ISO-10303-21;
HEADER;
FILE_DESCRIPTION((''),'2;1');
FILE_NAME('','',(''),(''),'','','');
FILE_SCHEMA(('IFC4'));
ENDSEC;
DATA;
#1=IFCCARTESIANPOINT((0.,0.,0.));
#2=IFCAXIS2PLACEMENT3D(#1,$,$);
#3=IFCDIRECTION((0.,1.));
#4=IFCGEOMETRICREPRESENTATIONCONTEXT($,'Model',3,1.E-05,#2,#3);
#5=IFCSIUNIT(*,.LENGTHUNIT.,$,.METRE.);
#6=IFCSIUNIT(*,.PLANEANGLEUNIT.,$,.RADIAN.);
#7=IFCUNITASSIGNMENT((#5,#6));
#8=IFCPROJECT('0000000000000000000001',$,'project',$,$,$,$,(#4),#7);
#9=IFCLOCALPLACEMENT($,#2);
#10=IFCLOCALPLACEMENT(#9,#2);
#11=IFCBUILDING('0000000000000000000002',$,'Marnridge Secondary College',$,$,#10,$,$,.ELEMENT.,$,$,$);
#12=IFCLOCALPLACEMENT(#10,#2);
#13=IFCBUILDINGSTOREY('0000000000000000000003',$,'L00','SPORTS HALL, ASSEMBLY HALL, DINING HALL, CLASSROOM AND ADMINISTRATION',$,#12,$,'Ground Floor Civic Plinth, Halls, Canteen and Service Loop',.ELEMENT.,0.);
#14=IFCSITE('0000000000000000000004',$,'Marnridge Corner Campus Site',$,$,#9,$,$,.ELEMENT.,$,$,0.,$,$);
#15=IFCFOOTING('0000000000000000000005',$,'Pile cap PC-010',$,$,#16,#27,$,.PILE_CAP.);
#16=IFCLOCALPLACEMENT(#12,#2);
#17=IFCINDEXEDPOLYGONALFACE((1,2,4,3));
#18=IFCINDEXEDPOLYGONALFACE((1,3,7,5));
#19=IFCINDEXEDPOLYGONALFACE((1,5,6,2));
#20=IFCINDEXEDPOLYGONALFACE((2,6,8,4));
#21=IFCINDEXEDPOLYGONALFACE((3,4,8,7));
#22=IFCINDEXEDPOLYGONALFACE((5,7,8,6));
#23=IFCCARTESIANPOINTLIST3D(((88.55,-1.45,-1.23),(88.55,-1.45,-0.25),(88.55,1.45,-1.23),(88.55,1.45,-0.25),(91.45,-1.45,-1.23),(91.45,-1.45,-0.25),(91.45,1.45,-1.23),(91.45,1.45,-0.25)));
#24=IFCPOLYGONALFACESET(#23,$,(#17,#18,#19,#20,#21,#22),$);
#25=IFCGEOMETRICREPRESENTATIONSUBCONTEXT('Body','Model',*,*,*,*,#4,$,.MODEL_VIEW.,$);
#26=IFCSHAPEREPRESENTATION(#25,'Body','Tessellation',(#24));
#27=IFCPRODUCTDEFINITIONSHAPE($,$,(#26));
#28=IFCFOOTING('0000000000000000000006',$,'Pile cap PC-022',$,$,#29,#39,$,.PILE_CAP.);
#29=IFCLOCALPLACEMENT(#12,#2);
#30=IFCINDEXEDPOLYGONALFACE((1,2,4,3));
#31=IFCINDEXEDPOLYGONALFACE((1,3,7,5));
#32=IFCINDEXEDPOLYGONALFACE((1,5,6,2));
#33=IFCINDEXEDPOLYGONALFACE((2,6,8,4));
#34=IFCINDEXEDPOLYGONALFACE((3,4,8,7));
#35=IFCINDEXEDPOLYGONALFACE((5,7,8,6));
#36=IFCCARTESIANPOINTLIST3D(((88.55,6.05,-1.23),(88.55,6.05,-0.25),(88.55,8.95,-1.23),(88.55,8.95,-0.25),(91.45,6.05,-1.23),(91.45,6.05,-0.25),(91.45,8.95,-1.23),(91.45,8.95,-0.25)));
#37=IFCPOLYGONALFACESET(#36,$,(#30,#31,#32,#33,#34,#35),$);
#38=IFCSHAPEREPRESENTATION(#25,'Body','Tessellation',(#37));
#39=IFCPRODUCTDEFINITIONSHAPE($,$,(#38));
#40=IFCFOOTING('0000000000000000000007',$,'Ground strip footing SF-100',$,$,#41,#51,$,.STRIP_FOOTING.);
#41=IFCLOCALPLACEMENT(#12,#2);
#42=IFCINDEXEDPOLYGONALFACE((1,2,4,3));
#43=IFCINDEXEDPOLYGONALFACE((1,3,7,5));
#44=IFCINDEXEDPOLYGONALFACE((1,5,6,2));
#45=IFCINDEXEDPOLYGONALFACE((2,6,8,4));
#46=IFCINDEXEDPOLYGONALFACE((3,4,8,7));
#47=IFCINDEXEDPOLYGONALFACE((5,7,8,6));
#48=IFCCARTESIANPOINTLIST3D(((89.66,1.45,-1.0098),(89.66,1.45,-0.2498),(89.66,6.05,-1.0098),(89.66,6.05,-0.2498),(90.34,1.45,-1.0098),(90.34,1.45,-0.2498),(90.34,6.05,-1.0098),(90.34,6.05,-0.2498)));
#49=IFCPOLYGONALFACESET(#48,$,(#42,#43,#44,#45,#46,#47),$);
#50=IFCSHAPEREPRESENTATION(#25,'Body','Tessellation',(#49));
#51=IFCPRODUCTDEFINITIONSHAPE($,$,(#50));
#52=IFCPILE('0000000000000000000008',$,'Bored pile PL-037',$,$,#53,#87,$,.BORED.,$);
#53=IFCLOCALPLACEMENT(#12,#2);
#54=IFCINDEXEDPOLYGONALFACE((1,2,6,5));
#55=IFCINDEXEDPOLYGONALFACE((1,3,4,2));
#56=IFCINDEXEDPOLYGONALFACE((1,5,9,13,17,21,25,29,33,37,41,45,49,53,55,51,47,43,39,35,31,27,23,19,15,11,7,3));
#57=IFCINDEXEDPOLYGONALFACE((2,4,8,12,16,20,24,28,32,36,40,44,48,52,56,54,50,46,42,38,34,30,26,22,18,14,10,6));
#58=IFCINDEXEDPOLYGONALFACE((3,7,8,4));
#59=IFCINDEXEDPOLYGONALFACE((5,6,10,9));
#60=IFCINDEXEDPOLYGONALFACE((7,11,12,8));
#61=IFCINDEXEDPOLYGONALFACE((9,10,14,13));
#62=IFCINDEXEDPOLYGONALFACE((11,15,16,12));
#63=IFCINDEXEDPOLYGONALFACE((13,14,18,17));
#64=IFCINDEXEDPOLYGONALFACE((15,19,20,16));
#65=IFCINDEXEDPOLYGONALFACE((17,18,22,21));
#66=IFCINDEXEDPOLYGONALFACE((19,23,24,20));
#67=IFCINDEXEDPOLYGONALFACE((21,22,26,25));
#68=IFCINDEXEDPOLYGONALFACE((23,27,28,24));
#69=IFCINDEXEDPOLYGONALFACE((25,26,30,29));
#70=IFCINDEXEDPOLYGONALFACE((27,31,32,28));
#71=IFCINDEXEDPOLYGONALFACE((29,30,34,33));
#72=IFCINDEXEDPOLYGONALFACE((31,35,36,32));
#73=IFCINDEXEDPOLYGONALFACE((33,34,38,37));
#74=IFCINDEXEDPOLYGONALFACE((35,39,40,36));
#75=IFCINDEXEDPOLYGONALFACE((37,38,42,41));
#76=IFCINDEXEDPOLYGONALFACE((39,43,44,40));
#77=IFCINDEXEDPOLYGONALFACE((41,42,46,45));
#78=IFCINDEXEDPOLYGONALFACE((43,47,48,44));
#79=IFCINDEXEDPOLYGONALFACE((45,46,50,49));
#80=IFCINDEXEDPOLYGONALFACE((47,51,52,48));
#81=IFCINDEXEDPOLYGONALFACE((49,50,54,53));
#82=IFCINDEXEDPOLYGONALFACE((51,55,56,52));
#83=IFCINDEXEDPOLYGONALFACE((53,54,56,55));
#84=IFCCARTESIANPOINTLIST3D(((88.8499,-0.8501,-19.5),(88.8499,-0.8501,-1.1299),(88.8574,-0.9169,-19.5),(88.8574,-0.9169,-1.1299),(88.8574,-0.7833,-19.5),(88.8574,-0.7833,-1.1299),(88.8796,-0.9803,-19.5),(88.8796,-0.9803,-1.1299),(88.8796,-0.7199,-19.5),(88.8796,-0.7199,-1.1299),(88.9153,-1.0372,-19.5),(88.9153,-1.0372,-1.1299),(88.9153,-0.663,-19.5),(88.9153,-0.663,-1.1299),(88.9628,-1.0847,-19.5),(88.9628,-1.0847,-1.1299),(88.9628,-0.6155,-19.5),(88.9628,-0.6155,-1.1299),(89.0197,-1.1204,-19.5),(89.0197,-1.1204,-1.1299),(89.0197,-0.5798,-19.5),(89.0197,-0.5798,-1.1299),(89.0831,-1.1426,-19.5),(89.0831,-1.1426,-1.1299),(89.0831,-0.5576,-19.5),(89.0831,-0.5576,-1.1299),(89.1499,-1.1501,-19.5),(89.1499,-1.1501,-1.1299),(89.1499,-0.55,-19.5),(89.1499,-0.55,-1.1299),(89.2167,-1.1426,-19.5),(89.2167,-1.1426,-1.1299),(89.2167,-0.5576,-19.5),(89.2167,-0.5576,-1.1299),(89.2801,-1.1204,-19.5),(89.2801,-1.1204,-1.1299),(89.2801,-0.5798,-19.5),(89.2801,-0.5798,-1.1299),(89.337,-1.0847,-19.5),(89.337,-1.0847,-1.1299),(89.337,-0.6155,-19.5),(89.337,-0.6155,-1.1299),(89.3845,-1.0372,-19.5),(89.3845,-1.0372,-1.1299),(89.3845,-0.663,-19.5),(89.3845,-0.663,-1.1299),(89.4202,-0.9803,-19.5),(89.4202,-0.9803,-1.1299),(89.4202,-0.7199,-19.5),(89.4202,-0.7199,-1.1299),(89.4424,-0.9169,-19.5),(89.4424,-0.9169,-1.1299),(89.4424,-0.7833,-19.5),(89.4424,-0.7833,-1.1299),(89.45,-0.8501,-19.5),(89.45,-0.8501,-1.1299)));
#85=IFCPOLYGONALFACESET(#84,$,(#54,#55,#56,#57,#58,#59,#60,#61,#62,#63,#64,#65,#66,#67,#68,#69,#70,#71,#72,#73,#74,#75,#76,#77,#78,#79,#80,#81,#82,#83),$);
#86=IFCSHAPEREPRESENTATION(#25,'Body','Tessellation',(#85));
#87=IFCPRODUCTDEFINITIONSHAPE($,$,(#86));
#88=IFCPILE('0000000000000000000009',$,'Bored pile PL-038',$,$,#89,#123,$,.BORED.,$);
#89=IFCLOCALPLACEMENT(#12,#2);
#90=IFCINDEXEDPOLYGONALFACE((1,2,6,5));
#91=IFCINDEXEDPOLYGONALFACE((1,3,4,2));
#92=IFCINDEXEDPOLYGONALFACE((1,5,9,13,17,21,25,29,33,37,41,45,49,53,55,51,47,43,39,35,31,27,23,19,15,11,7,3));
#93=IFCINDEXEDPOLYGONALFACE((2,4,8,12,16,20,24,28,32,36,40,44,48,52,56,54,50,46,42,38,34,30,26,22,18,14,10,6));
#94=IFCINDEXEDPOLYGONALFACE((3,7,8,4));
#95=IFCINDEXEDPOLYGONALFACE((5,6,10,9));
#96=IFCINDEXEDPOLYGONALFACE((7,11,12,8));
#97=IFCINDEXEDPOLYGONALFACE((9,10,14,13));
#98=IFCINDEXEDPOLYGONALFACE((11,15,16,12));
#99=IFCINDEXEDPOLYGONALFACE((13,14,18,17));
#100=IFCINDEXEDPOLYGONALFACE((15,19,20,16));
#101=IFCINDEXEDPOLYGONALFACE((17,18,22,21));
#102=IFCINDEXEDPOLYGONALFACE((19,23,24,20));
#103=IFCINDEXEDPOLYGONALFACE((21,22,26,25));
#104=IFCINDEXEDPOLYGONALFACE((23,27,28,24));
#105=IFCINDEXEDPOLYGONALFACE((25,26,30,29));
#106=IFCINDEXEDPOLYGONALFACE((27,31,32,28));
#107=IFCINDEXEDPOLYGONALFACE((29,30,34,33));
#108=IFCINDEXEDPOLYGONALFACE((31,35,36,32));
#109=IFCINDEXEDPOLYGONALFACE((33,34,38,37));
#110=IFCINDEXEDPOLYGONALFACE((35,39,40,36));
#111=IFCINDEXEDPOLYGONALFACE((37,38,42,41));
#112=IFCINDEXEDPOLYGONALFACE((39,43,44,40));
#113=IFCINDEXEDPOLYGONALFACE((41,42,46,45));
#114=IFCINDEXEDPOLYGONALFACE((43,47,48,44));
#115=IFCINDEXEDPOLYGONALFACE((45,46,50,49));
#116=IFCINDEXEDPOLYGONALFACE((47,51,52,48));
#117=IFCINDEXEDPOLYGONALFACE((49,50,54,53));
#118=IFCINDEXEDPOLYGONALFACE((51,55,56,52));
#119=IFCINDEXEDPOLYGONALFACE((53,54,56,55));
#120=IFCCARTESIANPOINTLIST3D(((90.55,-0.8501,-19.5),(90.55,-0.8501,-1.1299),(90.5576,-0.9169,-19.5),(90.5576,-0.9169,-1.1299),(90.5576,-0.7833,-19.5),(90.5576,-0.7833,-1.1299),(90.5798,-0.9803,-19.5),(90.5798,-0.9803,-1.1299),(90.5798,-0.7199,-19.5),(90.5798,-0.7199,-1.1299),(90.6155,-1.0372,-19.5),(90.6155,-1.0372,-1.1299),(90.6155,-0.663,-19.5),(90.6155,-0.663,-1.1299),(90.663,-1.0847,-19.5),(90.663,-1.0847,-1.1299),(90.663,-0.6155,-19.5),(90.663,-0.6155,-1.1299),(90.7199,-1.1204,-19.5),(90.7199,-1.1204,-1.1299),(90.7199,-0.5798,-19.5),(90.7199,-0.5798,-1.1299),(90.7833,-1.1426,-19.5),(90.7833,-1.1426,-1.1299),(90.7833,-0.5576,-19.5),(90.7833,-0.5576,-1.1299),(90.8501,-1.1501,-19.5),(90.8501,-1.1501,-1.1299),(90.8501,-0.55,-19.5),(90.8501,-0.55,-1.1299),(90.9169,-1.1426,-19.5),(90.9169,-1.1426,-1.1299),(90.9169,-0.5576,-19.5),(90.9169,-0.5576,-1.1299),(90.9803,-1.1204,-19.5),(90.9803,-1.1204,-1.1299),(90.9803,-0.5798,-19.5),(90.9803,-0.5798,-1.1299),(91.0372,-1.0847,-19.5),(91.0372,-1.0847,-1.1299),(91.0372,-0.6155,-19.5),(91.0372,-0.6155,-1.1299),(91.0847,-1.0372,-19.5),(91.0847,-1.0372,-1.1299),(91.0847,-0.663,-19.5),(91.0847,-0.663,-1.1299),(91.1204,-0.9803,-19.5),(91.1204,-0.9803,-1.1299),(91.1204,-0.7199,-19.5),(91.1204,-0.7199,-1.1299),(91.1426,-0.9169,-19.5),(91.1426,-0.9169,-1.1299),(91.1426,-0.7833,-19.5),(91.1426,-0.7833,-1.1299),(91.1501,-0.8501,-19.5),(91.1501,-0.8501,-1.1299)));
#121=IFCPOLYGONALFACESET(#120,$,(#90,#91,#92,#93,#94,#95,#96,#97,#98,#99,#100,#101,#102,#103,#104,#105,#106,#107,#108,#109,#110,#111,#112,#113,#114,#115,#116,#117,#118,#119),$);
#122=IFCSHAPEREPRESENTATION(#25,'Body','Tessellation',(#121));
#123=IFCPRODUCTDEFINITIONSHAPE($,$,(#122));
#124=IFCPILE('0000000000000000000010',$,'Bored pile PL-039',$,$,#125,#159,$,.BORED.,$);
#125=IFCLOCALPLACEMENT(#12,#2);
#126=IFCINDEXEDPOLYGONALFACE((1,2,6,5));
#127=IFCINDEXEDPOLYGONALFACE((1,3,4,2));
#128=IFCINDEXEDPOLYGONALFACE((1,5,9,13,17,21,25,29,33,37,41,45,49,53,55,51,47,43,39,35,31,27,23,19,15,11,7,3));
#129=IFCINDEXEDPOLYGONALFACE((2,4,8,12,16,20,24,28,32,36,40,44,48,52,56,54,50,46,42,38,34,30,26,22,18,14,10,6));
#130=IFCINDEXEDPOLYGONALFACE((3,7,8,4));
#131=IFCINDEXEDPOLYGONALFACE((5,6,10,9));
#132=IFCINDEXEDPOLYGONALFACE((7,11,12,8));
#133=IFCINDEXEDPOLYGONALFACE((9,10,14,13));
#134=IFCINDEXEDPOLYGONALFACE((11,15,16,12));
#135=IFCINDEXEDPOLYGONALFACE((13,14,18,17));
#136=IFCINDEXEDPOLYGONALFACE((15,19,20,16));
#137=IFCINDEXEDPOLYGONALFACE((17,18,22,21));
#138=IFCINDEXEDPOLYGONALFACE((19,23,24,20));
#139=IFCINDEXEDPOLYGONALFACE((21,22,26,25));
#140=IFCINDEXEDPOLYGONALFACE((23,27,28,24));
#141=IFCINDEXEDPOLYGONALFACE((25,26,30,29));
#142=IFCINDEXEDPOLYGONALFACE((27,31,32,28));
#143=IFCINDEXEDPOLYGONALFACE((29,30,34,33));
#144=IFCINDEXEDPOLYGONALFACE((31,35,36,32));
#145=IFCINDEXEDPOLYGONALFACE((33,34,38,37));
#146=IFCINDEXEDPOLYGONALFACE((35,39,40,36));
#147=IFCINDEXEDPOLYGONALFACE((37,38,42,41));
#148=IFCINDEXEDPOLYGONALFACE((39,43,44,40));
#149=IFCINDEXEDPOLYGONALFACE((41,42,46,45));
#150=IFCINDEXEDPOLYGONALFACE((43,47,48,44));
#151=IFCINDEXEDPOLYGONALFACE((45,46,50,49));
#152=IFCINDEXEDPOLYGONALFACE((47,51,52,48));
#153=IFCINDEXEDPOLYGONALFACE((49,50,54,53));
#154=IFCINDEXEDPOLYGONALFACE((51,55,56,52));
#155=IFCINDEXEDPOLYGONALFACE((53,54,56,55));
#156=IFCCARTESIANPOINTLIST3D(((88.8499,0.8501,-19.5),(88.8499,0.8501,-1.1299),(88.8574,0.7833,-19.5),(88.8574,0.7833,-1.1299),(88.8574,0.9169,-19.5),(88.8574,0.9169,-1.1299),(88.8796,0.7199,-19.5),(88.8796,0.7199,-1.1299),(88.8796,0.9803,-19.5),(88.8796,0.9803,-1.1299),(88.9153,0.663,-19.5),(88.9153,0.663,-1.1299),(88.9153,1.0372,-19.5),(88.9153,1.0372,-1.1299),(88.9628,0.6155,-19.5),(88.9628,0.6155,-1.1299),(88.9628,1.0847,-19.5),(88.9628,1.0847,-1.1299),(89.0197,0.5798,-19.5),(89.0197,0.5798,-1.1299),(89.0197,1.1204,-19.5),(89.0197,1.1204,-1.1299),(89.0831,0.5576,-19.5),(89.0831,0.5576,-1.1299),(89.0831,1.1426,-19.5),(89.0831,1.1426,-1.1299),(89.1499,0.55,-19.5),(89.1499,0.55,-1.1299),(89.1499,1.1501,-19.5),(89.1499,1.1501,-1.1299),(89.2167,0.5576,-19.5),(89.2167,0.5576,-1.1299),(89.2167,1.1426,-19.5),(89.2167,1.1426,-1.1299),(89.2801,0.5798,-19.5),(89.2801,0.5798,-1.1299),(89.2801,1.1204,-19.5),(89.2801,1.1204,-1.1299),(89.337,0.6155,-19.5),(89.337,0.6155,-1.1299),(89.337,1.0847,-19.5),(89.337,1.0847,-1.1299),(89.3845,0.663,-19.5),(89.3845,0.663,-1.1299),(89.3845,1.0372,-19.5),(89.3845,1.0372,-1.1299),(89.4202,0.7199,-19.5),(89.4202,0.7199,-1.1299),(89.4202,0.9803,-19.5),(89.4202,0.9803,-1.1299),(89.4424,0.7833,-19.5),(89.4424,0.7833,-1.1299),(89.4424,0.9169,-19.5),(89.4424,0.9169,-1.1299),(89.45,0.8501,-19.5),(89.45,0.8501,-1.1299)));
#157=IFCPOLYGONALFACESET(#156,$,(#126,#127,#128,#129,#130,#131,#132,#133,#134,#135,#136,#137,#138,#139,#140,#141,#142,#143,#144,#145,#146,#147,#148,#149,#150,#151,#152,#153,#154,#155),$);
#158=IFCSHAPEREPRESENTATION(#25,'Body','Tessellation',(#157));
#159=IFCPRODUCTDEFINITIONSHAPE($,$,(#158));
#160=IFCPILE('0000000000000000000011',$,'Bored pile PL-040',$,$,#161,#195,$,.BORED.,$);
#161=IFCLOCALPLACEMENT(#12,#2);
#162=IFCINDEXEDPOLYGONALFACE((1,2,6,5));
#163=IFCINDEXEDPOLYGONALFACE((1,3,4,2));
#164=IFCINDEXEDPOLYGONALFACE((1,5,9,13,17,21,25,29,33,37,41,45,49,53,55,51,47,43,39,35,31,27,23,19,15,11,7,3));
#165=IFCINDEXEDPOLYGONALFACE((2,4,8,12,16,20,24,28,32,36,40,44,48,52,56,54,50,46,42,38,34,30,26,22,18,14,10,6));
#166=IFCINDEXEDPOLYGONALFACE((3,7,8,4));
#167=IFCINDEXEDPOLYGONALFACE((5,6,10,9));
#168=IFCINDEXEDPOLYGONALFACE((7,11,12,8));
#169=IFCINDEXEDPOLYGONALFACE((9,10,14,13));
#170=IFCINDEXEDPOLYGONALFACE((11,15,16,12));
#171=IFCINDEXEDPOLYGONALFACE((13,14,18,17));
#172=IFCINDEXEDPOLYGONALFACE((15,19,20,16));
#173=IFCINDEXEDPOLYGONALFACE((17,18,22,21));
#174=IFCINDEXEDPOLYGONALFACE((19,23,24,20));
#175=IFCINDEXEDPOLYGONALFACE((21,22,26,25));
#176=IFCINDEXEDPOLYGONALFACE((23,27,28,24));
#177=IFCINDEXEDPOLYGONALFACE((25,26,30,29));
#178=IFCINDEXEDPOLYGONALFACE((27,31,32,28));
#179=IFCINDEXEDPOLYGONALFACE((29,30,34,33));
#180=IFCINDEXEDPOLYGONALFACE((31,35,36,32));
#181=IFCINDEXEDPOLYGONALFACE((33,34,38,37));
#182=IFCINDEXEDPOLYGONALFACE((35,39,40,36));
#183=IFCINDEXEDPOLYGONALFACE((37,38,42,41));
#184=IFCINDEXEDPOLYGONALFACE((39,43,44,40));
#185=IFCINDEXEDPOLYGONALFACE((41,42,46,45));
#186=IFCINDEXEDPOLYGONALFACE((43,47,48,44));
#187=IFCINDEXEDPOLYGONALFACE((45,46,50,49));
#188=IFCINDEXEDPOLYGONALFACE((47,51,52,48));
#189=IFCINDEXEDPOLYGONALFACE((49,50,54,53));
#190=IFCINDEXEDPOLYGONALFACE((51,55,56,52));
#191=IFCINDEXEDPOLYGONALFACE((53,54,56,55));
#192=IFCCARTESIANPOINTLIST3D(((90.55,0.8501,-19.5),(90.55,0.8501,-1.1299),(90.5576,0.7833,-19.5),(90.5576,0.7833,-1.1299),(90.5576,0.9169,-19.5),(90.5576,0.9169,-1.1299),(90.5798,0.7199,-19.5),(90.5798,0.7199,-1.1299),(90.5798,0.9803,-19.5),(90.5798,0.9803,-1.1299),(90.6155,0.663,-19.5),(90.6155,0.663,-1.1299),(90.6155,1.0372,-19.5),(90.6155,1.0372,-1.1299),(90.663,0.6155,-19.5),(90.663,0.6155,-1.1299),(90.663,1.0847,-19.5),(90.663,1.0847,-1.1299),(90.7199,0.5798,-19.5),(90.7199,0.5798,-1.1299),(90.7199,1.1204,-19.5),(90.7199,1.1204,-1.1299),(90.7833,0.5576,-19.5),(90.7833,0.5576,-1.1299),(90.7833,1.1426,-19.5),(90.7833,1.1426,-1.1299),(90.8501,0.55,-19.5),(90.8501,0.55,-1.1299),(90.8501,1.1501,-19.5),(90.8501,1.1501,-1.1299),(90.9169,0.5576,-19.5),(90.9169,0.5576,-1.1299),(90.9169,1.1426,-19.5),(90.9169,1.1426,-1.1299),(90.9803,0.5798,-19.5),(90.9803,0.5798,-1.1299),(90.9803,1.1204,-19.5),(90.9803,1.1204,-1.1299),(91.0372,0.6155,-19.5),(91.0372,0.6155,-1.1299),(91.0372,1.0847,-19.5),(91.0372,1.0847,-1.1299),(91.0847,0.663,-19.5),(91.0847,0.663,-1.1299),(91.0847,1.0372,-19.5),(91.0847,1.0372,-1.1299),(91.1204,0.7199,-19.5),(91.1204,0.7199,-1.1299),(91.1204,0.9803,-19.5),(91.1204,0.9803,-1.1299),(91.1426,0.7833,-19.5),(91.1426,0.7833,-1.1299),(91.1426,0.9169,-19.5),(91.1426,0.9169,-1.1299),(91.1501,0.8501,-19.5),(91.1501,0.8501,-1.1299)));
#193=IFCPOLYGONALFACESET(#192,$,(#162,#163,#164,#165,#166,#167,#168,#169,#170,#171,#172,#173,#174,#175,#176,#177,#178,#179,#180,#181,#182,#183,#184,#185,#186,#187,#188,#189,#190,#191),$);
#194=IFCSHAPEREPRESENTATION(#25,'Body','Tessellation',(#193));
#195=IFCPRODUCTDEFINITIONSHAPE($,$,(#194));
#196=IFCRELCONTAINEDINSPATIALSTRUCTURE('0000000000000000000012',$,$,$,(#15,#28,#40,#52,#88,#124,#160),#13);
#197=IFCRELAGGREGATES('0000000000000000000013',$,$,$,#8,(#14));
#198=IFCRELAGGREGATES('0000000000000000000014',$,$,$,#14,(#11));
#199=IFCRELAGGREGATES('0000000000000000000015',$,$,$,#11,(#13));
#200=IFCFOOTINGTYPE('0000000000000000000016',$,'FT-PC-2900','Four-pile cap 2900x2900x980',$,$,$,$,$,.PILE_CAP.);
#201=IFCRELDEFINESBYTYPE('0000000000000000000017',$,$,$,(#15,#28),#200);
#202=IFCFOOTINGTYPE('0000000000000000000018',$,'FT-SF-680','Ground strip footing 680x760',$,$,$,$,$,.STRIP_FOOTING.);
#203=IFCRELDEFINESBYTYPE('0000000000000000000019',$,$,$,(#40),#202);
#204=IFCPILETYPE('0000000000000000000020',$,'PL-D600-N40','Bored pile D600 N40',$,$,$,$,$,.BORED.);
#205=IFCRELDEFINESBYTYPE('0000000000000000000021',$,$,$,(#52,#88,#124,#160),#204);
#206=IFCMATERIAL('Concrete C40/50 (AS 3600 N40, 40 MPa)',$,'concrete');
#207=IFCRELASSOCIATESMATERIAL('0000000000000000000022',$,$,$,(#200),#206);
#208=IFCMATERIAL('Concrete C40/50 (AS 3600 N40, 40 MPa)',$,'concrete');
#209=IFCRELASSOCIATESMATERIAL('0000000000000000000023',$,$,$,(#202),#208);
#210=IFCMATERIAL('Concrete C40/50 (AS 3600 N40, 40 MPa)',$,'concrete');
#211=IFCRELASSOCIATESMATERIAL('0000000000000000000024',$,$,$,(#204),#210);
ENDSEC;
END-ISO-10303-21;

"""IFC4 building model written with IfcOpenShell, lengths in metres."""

from ifc_helpers import new_model, si_unit, direction, frame, origin, origin_2d, place, context, subcontext, project, spatial, rectangle, circle, extrude, material, material_profile, profile_set, type_object, element, save


model = new_model("IFC4")

# Units and contexts
model_context = context("Model", 3, precision=1e-05, world=origin(), true_north=direction((0.0, 1.0)))
body_context = subcontext(model_context, "Body", "Model", "MODEL_VIEW")
ifc_project = project(units=[si_unit("LENGTHUNIT", "METRE"), si_unit("PLANEANGLEUNIT", "RADIAN")], contexts=[model_context])

# Site, building, storey
site_placement = place(None, origin())
site = spatial("IfcSite", under=ifc_project, at=site_placement, Name="Marnridge Corner Campus Site", CompositionType="ELEMENT", RefElevation=0.0)
building_placement = place(site_placement, origin())
building = spatial("IfcBuilding", under=site, at=building_placement, Name="Marnridge Secondary College", CompositionType="ELEMENT")
storey_placement = place(building_placement, origin())
storey = spatial("IfcBuildingStorey", under=building, at=storey_placement, Name="L00", Description="SPORTS HALL, ASSEMBLY HALL, DINING HALL, CLASSROOM AND ADMINISTRATION", LongName="Ground Floor Civic Plinth, Halls, Canteen and Service Loop", CompositionType="ELEMENT", Elevation=0.0)

# Footings
ifc_material_1 = material(Name="Concrete C40/50 (AS 3600 N40, 40 MPa)", Category="concrete")
footing_type_1 = type_object("IfcFootingType", Name="FT-PC-2900", Description="Four-pile cap 2900x2900x980", PredefinedType="PILE_CAP", material=ifc_material_1)
for number, where, z_axis, x_axis, name in (
    (1, (90.0, 0.0, -1.23), (0.0, 0.0, 1.0), (1.0, 0.0, 0.0), "Pile cap PC-010"),
    (2, (90.0, 7.5, -1.23), (0.0, 0.0, 1.0), (1.0, 0.0, 0.0), "Pile cap PC-022"),
):
    element("IfcFooting", number, at=place(storey_placement, frame(where, z_axis=z_axis, x_axis=x_axis)), inside=storey, type_object=footing_type_1, Name=name, PredefinedType="PILE_CAP", context=body_context, shape_type="SweptSolid", body=[
        extrude(rectangle(XDim=2.8999, YDim=2.8999, at=origin_2d()), origin(), (0.0, 0.0, 1.0), 0.98),
    ])
ifc_material_2 = material(Name="Concrete C40/50 (AS 3600 N40, 40 MPa)", Category="concrete")
footing_type_2 = type_object("IfcFootingType", Name="FT-SF-680", Description="Ground strip footing 680x760", PredefinedType="STRIP_FOOTING", material=ifc_material_2)
footing_placement = place(storey_placement, frame((90.0, 3.75, -1.0098), z_axis=(0.0, 0.0, 1.0), x_axis=(1.0, 0.0, 0.0)))
element("IfcFooting", 3, at=footing_placement, inside=storey, type_object=footing_type_2, Name="Ground strip footing SF-100", PredefinedType="STRIP_FOOTING", context=body_context, shape_type="SweptSolid", body=[
    extrude(rectangle(XDim=0.6799, YDim=4.6001, at=origin_2d()), origin(), (0.0, 0.0, 1.0), 0.76),
])

# Piles
ifc_material_3 = material(Name="Concrete C40/50 (AS 3600 N40, 40 MPa)", Category="concrete")
ifc_material_profile_1 = material_profile(ifc_material_3, circle(Radius=0.3, at=origin_2d()), Name="PILE D600")
ifc_profile_set_1 = profile_set([ifc_material_profile_1], Name="Concrete C40/50 (AS 3600 N40, 40 MPa)")
pile_type = type_object("IfcPileType", Name="PL-D600-N40", Description="Bored pile D600 N40", PredefinedType="BORED", material=ifc_profile_set_1)
for number, where, z_axis, x_axis, name in (
    (4, (89.1499, -0.8501, -1.1299), (0.0, 0.0, -1.0), (1.0, 0.0, 0.0), "Bored pile PL-037"),
    (5, (90.8501, -0.8501, -1.1299), (0.0, 0.0, -1.0), (1.0, 0.0, 0.0), "Bored pile PL-038"),
    (6, (89.1499, 0.8501, -1.1299), (0.0, 0.0, -1.0), (1.0, 0.0, 0.0), "Bored pile PL-039"),
    (7, (90.8501, 0.8501, -1.1299), (0.0, 0.0, -1.0), (1.0, 0.0, 0.0), "Bored pile PL-040"),
):
    element("IfcPile", number, at=place(storey_placement, frame(where, z_axis=z_axis, x_axis=x_axis)), inside=storey, type_object=pile_type, Name=name, PredefinedType="BORED", context=body_context, shape_type="SweptSolid", body=[
        extrude(circle(Radius=0.3, at=origin_2d()), origin(), (0.0, 0.0, 1.0), 18.3701),
    ])

save(model, "model.ifc")
